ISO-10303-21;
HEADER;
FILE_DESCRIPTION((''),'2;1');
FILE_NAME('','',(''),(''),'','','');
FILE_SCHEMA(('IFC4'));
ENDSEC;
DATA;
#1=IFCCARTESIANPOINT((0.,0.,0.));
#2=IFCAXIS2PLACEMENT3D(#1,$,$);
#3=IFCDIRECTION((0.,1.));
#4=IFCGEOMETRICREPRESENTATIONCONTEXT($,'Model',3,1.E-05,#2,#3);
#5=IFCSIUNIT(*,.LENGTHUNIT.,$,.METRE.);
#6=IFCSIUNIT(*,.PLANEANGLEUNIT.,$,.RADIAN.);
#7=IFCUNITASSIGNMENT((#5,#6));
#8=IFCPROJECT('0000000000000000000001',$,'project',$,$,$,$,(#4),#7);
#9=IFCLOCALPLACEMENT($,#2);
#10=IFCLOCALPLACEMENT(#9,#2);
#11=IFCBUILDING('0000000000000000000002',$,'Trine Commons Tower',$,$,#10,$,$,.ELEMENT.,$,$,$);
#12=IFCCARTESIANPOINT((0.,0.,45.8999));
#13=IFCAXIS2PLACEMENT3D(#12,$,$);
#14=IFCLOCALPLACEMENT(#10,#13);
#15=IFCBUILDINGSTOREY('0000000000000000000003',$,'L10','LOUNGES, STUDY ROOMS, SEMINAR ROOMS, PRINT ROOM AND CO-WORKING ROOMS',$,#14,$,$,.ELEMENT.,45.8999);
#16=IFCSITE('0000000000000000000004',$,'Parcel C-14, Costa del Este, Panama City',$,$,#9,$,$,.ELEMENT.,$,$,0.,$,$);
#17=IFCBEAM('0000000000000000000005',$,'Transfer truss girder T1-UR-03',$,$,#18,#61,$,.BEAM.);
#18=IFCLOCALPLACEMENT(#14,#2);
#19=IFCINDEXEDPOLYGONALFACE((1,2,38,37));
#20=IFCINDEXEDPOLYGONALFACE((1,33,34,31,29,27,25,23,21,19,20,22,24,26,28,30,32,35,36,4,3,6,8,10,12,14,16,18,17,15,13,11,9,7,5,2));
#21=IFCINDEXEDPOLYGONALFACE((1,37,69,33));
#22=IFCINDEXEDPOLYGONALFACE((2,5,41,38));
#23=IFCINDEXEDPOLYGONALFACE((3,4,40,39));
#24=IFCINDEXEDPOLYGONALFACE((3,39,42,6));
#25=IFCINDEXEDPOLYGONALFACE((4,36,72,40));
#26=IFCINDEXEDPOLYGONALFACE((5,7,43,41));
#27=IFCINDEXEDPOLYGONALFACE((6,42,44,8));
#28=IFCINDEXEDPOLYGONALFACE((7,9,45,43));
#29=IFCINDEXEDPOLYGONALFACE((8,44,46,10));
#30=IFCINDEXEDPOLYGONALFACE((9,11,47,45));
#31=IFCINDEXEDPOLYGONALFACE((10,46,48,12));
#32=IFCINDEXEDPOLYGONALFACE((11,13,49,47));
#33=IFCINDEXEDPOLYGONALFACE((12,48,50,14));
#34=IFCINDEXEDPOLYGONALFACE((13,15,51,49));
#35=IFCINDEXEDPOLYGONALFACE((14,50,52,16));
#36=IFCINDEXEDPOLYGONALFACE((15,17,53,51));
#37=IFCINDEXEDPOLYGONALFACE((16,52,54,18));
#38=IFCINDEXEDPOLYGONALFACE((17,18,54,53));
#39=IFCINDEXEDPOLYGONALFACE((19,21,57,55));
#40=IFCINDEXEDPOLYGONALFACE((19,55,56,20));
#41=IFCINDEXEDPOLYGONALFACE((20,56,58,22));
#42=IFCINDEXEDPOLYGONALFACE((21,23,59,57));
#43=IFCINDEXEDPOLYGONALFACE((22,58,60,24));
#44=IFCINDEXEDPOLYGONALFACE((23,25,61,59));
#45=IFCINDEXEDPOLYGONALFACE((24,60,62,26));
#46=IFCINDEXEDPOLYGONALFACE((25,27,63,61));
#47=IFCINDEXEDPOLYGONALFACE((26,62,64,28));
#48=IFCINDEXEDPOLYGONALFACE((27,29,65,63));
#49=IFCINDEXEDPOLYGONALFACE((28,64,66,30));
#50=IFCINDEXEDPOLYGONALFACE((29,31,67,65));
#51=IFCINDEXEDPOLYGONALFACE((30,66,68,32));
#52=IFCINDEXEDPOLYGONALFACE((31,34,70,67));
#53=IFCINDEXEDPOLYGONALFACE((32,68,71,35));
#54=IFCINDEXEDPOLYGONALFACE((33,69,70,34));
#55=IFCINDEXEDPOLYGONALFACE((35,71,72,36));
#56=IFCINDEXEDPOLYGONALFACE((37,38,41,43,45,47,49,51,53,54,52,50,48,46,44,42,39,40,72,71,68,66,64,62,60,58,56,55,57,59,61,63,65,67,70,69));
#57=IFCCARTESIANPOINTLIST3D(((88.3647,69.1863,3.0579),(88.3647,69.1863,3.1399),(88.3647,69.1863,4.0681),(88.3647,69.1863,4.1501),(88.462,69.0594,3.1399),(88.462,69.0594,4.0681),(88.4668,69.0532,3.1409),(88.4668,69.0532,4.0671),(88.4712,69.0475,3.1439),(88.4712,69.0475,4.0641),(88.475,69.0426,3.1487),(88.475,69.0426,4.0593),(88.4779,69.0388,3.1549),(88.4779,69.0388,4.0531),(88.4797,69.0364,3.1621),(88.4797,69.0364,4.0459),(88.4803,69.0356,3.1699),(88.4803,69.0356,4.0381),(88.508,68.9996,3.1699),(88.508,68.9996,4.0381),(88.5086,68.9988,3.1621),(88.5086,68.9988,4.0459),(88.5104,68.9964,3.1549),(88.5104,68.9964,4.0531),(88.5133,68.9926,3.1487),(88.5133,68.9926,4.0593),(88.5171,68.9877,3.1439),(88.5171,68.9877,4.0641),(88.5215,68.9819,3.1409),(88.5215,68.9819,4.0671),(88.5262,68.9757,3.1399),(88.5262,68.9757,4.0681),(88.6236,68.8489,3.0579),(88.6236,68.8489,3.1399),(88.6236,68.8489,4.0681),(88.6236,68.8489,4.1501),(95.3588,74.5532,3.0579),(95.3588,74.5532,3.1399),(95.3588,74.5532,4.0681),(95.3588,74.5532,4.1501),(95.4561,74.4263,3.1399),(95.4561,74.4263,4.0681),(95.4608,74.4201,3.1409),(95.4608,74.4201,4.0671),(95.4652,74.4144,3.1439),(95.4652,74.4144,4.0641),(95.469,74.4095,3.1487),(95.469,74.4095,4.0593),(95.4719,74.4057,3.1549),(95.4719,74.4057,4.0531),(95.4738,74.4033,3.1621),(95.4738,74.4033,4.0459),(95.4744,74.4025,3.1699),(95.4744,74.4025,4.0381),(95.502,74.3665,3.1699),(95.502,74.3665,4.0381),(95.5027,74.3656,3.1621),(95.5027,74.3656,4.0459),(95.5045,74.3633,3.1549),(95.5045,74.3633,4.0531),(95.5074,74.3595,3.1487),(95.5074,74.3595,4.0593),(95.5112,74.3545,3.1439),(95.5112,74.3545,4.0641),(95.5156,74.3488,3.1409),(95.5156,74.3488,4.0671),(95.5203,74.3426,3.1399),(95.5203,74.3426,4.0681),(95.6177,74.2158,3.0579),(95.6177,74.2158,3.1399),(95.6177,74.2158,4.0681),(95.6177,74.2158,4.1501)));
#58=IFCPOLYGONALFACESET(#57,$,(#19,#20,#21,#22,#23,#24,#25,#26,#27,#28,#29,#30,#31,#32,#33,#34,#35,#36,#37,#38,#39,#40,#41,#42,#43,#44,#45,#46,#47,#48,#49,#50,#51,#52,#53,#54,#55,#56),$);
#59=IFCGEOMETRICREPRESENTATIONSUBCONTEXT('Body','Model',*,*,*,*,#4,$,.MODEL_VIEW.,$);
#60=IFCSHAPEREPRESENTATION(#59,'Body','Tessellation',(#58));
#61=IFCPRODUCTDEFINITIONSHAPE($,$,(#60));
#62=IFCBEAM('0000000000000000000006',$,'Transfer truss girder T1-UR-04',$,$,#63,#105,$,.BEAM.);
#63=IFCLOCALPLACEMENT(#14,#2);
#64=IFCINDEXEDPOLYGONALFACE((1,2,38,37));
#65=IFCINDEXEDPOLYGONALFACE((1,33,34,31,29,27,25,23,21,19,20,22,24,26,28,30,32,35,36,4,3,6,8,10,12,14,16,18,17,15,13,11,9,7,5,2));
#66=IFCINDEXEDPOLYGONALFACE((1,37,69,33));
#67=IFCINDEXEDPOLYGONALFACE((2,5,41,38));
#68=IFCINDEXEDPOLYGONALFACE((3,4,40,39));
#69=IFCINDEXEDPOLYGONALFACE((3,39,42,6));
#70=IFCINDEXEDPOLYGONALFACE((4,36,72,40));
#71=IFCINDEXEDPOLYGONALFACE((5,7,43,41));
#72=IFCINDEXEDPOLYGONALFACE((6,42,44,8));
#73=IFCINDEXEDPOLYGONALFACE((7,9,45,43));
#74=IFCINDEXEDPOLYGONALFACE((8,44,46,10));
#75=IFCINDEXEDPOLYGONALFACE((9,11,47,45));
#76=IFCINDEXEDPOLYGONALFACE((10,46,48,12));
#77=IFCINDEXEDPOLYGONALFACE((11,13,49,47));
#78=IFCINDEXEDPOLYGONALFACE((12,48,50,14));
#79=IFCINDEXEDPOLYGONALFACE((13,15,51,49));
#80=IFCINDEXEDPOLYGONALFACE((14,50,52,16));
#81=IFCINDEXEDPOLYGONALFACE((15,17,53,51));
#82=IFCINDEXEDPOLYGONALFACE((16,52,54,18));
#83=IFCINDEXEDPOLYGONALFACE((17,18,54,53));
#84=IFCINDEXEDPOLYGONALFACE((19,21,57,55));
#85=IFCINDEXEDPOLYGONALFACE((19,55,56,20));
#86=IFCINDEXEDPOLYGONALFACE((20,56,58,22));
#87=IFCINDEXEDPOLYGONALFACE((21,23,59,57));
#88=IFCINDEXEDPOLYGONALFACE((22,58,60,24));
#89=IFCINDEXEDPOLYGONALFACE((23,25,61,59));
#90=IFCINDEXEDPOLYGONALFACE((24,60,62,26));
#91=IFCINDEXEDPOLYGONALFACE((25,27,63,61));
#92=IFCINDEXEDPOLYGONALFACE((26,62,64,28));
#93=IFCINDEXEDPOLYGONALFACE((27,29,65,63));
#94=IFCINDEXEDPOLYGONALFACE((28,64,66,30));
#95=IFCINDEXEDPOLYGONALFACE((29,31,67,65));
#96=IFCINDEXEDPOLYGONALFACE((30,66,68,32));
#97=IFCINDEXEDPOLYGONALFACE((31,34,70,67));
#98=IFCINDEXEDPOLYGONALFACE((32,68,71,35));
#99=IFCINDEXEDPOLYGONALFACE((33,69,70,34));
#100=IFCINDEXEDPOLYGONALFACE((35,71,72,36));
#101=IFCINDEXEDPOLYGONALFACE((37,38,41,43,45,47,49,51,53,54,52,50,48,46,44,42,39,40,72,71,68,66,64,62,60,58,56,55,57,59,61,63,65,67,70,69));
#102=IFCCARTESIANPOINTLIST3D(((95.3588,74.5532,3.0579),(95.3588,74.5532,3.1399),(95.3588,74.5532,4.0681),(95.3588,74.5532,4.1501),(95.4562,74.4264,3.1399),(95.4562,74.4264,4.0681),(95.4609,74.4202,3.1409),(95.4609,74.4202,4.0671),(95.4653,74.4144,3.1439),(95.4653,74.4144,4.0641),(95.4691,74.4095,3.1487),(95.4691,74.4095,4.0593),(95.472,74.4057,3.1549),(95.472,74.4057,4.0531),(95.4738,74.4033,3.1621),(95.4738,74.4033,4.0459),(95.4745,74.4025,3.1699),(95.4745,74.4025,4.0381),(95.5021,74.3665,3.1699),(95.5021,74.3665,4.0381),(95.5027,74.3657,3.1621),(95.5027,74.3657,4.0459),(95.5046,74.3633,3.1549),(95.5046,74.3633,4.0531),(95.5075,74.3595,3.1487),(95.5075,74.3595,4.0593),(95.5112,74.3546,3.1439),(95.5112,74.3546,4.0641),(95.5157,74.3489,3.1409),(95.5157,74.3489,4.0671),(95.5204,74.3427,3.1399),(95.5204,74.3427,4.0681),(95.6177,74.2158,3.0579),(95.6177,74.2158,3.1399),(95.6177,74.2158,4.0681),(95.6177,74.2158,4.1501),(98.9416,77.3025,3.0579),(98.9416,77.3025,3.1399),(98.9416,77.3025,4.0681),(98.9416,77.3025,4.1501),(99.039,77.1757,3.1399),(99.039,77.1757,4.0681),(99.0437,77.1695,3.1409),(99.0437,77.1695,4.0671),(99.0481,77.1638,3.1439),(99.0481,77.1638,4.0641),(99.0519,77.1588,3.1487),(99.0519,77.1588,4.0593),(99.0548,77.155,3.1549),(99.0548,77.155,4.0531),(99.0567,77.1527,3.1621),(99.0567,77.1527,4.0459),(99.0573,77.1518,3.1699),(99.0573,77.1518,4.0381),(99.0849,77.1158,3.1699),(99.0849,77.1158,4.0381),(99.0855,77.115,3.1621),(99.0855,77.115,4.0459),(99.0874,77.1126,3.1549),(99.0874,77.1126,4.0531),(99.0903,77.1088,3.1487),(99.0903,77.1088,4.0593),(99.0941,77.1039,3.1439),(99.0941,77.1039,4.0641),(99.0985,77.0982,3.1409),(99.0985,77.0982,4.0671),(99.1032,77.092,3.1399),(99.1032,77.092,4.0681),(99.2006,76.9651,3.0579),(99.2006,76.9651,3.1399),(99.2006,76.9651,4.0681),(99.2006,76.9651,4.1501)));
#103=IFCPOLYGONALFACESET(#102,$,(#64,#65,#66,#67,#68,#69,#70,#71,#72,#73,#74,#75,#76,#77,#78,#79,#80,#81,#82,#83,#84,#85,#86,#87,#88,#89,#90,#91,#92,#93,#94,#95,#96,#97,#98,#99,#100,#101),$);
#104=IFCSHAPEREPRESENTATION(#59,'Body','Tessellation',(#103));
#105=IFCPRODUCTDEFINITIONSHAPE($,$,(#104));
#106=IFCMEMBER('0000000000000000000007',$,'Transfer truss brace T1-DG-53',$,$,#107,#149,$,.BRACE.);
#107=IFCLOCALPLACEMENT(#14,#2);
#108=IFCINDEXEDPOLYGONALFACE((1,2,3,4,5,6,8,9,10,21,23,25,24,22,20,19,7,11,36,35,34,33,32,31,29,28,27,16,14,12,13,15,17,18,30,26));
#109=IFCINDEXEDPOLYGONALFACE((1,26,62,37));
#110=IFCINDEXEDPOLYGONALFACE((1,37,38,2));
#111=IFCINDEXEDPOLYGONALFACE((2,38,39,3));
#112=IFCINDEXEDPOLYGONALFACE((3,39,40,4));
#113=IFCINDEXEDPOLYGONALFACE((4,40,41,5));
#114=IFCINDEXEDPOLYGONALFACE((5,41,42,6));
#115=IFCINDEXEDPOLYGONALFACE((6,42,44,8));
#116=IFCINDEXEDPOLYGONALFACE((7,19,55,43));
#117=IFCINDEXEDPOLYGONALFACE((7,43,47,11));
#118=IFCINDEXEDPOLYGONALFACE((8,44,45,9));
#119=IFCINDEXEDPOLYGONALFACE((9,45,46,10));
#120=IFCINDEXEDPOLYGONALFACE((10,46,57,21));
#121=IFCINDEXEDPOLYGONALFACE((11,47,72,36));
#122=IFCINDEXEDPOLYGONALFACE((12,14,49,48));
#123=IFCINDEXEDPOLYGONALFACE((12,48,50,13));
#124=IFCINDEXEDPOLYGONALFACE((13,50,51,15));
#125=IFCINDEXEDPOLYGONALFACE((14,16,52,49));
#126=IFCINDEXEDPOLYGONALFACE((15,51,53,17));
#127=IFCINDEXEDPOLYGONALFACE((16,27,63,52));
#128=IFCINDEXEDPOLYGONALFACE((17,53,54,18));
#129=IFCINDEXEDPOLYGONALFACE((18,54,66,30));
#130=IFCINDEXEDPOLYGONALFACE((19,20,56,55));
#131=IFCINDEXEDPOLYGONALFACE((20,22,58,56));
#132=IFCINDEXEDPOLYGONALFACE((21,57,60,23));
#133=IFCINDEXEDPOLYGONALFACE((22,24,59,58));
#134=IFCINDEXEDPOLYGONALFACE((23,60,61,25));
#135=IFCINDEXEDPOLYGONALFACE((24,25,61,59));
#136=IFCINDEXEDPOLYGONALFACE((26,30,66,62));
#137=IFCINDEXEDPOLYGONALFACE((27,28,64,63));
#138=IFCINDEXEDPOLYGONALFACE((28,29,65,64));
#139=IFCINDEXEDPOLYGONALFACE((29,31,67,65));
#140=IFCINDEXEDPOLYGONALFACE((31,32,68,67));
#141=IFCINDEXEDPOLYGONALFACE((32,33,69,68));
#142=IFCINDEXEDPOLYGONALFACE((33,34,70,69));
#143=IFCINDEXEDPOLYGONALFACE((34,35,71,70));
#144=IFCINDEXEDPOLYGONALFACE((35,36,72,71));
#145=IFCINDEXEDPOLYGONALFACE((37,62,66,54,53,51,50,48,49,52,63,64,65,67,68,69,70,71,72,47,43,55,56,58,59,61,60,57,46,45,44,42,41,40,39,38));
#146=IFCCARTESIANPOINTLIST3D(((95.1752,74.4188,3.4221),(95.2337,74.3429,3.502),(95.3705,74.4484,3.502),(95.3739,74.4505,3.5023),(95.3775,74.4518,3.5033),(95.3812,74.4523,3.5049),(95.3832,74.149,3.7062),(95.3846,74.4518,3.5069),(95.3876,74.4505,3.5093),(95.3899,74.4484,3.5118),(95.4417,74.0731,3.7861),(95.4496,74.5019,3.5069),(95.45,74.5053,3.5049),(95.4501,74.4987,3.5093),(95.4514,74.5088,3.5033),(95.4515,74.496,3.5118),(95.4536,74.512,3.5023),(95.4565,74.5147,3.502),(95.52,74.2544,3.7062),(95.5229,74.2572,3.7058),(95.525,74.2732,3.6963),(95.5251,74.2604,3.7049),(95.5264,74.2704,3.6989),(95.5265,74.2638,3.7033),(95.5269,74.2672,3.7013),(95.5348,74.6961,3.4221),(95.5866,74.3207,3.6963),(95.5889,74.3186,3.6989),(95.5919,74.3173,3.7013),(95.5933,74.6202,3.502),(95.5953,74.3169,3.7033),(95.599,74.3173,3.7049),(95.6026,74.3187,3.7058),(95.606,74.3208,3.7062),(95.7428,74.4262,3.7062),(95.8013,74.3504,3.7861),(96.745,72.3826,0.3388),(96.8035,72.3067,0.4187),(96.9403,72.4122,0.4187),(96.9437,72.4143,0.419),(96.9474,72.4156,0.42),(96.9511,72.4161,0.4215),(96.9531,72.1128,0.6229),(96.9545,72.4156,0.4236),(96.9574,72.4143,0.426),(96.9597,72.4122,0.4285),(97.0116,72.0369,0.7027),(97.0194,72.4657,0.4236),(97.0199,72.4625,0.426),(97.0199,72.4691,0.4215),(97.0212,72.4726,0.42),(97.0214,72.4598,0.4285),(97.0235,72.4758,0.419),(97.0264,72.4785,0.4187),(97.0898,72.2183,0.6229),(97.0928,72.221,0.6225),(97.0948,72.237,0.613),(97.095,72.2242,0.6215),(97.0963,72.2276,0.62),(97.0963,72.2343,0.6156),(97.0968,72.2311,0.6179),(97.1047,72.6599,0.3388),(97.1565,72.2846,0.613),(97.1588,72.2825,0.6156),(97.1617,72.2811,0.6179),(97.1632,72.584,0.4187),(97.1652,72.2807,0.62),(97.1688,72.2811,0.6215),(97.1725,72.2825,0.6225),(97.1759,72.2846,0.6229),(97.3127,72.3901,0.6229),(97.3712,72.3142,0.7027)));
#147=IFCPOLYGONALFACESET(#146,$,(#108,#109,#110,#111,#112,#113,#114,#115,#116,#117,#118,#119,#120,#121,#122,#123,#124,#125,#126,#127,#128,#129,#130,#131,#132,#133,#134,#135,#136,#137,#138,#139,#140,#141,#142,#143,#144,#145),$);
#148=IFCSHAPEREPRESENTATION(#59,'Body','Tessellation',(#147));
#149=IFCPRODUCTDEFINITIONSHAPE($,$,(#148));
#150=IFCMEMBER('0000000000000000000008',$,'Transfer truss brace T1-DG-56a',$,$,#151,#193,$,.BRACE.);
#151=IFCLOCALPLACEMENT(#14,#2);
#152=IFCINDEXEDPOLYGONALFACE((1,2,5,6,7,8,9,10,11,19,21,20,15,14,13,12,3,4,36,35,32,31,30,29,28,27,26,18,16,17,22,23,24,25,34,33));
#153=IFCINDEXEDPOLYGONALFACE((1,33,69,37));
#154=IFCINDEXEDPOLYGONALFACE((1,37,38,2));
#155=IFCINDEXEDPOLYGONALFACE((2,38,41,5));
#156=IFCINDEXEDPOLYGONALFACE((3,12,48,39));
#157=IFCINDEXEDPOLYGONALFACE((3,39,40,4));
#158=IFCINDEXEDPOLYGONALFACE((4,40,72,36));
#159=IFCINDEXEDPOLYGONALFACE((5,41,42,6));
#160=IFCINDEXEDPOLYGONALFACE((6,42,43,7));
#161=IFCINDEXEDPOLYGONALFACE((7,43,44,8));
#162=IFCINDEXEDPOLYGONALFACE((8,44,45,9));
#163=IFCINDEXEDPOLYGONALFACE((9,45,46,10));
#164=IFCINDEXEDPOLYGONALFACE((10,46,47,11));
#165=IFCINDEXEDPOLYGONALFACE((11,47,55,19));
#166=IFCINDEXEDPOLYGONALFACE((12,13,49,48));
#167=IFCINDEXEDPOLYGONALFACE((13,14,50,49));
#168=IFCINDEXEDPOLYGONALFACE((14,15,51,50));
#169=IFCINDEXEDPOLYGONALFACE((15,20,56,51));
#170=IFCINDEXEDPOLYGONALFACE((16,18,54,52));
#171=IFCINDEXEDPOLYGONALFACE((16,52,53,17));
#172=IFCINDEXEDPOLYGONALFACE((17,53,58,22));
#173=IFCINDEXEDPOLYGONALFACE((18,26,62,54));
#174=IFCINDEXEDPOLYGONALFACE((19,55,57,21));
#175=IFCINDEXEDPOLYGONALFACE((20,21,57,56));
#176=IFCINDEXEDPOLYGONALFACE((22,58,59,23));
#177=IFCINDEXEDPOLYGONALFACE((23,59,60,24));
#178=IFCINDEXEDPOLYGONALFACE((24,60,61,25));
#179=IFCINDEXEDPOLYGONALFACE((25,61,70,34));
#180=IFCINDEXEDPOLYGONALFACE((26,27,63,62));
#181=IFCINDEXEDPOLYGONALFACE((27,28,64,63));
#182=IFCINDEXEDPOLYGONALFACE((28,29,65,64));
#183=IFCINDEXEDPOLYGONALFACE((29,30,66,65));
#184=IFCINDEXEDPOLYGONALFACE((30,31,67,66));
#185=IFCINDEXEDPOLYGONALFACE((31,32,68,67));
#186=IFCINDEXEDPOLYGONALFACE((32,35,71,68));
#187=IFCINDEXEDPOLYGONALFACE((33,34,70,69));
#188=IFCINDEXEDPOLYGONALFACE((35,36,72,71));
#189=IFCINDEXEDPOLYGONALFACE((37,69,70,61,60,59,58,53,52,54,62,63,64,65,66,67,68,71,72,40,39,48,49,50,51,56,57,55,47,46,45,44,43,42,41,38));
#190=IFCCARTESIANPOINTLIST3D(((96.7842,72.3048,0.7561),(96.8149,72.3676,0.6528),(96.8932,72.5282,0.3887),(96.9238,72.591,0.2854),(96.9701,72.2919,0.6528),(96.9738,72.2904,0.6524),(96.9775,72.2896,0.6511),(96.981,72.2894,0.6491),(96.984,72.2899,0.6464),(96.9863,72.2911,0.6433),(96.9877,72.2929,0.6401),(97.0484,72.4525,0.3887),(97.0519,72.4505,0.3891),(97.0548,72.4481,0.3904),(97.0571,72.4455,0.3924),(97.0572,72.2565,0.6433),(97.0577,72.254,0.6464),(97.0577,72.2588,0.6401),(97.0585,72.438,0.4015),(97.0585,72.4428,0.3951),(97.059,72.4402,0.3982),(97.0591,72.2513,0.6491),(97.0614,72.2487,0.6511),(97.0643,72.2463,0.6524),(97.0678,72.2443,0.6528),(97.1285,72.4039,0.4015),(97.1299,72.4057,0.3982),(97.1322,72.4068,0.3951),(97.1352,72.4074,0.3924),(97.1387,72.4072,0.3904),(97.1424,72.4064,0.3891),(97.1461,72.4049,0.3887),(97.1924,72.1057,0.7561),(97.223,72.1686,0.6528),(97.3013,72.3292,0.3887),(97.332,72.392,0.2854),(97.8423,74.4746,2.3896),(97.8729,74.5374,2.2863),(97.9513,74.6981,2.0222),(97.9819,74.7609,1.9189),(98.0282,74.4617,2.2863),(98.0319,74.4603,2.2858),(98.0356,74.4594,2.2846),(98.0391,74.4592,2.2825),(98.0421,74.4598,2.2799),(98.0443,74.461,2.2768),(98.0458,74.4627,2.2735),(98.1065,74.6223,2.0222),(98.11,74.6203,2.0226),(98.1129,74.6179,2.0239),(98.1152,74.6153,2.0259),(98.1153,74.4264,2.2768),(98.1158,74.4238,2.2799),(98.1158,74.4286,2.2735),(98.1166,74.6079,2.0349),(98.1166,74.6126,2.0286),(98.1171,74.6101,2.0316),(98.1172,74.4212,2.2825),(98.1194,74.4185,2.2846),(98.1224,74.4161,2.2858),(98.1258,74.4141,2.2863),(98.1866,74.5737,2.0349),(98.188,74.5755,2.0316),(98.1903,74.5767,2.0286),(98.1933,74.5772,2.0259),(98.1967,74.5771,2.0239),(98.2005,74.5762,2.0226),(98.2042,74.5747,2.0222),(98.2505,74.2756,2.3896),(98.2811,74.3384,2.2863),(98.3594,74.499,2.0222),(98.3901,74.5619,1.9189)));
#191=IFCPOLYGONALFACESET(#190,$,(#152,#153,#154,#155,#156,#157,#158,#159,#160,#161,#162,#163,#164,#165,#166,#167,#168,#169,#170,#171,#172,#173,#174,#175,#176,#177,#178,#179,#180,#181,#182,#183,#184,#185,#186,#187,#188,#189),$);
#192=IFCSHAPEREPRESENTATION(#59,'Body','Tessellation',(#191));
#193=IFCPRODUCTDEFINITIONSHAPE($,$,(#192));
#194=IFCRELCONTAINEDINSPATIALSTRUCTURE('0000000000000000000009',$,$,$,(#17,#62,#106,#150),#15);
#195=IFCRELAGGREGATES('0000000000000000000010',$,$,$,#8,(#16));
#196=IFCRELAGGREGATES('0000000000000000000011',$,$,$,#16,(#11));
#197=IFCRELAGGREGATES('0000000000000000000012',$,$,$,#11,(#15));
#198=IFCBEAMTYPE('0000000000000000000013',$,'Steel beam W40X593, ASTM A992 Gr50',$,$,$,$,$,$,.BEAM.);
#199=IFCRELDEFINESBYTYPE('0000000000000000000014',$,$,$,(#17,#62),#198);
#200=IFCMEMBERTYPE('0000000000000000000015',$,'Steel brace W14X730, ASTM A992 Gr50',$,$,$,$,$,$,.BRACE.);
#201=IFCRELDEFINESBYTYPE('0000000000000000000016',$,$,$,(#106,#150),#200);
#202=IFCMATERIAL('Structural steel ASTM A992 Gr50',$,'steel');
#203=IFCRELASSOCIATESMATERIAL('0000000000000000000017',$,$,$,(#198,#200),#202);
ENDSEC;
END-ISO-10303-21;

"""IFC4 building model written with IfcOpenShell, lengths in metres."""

from ifc_helpers import new_model, si_unit, direction, frame, origin, origin_2d, place, context, subcontext, project, spatial, i_section, extrude, material, material_profile, profile_set, type_object, element, save


model = new_model("IFC4")

# Units and contexts
model_context = context("Model", 3, precision=1e-05, world=origin(), true_north=direction((0.0, 1.0)))
body_context = subcontext(model_context, "Body", "Model", "MODEL_VIEW")
ifc_project = project(units=[si_unit("LENGTHUNIT", "METRE"), si_unit("PLANEANGLEUNIT", "RADIAN")], contexts=[model_context])

# Site, building, storey
site_placement = place(None, origin())
site = spatial("IfcSite", under=ifc_project, at=site_placement, Name="Parcel C-14, Costa del Este, Panama City", CompositionType="ELEMENT", RefElevation=0.0)
building_placement = place(site_placement, origin())
building = spatial("IfcBuilding", under=site, at=building_placement, Name="Trine Commons Tower", CompositionType="ELEMENT")
storey_placement = place(building_placement, frame((0.0, 0.0, 45.8999)))
storey = spatial("IfcBuildingStorey", under=building, at=storey_placement, Name="L10", Description="LOUNGES, STUDY ROOMS, SEMINAR ROOMS, PRINT ROOM AND CO-WORKING ROOMS", CompositionType="ELEMENT", Elevation=45.8999)

# Beams
ifc_material_1 = material(Name="Structural steel ASTM A992 Gr50", Category="steel")
ifc_material_profile_1 = material_profile(ifc_material_1, i_section(OverallWidth=0.4253, OverallDepth=1.0923, WebThickness=0.0454, FlangeThickness=0.082, FilletRadius=0.03, at=origin_2d()), Name="W40X593")
ifc_profile_set_1 = profile_set([ifc_material_profile_1], Name="Structural steel ASTM A992 Gr50")
beam_type = type_object("IfcBeamType", Name="Steel beam W40X593, ASTM A992 Gr50", PredefinedType="BEAM", material=ifc_profile_set_1)
beam_1_placement = place(storey_placement, frame((88.4941, 69.0176, 3.604), z_axis=(0.793345, 0.608772, 0.0), x_axis=(-0.608772, 0.793345, 0.0)))
element("IfcBeam", 1, at=beam_1_placement, inside=storey, type_object=beam_type, Name="Transfer truss girder T1-UR-03", PredefinedType="BEAM", context=body_context, shape_type="SweptSolid", body=[
    extrude(i_section(OverallWidth=0.4253, OverallDepth=1.0923, WebThickness=0.0454, FlangeThickness=0.082, FilletRadius=0.03, at=origin_2d()), origin(), (0.0, 0.0, 1.0), 8.8159),
])
beam_2_placement = place(storey_placement, frame((95.4883, 74.3845, 3.604), z_axis=(0.793341, 0.608778, 0.0), x_axis=(-0.608778, 0.793341, 0.0)))
element("IfcBeam", 2, at=beam_2_placement, inside=storey, type_object=beam_type, Name="Transfer truss girder T1-UR-04", PredefinedType="BEAM", context=body_context, shape_type="SweptSolid", body=[
    extrude(i_section(OverallWidth=0.4253, OverallDepth=1.0923, WebThickness=0.0454, FlangeThickness=0.082, FilletRadius=0.03, at=origin_2d()), origin(), (0.0, 0.0, 1.0), 4.5161),
])

# Members
ifc_material_profile_2 = material_profile(ifc_material_1, i_section(OverallWidth=0.4541, OverallDepth=0.5684, WebThickness=0.0779, FlangeThickness=0.1248, FilletRadius=0.0154, at=origin_2d()), Name="W14X730")
ifc_profile_set_2 = profile_set([ifc_material_profile_2], Name="Structural steel ASTM A992 Gr50")
member_type = type_object("IfcMemberType", Name="Steel brace W14X730, ASTM A992 Gr50", PredefinedType="BRACE", material=ifc_profile_set_2)
member_1_placement = place(storey_placement, frame((97.0581, 72.3484, 0.5208), z_axis=(-0.391033, 0.507188, 0.768019), x_axis=(-0.791953, -0.610582, 0.0)))
element("IfcMember", 3, at=member_1_placement, inside=storey, type_object=member_type, Name="Transfer truss brace T1-DG-53", PredefinedType="BRACE", context=body_context, shape_type="SweptSolid", body=[
    extrude(i_section(OverallWidth=0.4541, OverallDepth=0.5684, WebThickness=0.0779, FlangeThickness=0.1248, FilletRadius=0.0154, at=origin_2d()), origin(), (0.0, 0.0, 1.0), 4.0146),
])
member_2_placement = place(storey_placement, frame((97.0581, 72.3484, 0.5208), z_axis=(0.362999, 0.744425, 0.560413), x_axis=(-0.898833, 0.438292, 0.0)))
element("IfcMember", 4, at=member_2_placement, inside=storey, type_object=member_type, Name="Transfer truss brace T1-DG-56a", PredefinedType="BRACE", context=body_context, shape_type="SweptSolid", body=[
    extrude(i_section(OverallWidth=0.4541, OverallDepth=0.5684, WebThickness=0.0779, FlangeThickness=0.1248, FilletRadius=0.0154, at=origin_2d()), origin(), (0.0, 0.0, 1.0), 2.9148),
])

save(model, "model.ifc")
